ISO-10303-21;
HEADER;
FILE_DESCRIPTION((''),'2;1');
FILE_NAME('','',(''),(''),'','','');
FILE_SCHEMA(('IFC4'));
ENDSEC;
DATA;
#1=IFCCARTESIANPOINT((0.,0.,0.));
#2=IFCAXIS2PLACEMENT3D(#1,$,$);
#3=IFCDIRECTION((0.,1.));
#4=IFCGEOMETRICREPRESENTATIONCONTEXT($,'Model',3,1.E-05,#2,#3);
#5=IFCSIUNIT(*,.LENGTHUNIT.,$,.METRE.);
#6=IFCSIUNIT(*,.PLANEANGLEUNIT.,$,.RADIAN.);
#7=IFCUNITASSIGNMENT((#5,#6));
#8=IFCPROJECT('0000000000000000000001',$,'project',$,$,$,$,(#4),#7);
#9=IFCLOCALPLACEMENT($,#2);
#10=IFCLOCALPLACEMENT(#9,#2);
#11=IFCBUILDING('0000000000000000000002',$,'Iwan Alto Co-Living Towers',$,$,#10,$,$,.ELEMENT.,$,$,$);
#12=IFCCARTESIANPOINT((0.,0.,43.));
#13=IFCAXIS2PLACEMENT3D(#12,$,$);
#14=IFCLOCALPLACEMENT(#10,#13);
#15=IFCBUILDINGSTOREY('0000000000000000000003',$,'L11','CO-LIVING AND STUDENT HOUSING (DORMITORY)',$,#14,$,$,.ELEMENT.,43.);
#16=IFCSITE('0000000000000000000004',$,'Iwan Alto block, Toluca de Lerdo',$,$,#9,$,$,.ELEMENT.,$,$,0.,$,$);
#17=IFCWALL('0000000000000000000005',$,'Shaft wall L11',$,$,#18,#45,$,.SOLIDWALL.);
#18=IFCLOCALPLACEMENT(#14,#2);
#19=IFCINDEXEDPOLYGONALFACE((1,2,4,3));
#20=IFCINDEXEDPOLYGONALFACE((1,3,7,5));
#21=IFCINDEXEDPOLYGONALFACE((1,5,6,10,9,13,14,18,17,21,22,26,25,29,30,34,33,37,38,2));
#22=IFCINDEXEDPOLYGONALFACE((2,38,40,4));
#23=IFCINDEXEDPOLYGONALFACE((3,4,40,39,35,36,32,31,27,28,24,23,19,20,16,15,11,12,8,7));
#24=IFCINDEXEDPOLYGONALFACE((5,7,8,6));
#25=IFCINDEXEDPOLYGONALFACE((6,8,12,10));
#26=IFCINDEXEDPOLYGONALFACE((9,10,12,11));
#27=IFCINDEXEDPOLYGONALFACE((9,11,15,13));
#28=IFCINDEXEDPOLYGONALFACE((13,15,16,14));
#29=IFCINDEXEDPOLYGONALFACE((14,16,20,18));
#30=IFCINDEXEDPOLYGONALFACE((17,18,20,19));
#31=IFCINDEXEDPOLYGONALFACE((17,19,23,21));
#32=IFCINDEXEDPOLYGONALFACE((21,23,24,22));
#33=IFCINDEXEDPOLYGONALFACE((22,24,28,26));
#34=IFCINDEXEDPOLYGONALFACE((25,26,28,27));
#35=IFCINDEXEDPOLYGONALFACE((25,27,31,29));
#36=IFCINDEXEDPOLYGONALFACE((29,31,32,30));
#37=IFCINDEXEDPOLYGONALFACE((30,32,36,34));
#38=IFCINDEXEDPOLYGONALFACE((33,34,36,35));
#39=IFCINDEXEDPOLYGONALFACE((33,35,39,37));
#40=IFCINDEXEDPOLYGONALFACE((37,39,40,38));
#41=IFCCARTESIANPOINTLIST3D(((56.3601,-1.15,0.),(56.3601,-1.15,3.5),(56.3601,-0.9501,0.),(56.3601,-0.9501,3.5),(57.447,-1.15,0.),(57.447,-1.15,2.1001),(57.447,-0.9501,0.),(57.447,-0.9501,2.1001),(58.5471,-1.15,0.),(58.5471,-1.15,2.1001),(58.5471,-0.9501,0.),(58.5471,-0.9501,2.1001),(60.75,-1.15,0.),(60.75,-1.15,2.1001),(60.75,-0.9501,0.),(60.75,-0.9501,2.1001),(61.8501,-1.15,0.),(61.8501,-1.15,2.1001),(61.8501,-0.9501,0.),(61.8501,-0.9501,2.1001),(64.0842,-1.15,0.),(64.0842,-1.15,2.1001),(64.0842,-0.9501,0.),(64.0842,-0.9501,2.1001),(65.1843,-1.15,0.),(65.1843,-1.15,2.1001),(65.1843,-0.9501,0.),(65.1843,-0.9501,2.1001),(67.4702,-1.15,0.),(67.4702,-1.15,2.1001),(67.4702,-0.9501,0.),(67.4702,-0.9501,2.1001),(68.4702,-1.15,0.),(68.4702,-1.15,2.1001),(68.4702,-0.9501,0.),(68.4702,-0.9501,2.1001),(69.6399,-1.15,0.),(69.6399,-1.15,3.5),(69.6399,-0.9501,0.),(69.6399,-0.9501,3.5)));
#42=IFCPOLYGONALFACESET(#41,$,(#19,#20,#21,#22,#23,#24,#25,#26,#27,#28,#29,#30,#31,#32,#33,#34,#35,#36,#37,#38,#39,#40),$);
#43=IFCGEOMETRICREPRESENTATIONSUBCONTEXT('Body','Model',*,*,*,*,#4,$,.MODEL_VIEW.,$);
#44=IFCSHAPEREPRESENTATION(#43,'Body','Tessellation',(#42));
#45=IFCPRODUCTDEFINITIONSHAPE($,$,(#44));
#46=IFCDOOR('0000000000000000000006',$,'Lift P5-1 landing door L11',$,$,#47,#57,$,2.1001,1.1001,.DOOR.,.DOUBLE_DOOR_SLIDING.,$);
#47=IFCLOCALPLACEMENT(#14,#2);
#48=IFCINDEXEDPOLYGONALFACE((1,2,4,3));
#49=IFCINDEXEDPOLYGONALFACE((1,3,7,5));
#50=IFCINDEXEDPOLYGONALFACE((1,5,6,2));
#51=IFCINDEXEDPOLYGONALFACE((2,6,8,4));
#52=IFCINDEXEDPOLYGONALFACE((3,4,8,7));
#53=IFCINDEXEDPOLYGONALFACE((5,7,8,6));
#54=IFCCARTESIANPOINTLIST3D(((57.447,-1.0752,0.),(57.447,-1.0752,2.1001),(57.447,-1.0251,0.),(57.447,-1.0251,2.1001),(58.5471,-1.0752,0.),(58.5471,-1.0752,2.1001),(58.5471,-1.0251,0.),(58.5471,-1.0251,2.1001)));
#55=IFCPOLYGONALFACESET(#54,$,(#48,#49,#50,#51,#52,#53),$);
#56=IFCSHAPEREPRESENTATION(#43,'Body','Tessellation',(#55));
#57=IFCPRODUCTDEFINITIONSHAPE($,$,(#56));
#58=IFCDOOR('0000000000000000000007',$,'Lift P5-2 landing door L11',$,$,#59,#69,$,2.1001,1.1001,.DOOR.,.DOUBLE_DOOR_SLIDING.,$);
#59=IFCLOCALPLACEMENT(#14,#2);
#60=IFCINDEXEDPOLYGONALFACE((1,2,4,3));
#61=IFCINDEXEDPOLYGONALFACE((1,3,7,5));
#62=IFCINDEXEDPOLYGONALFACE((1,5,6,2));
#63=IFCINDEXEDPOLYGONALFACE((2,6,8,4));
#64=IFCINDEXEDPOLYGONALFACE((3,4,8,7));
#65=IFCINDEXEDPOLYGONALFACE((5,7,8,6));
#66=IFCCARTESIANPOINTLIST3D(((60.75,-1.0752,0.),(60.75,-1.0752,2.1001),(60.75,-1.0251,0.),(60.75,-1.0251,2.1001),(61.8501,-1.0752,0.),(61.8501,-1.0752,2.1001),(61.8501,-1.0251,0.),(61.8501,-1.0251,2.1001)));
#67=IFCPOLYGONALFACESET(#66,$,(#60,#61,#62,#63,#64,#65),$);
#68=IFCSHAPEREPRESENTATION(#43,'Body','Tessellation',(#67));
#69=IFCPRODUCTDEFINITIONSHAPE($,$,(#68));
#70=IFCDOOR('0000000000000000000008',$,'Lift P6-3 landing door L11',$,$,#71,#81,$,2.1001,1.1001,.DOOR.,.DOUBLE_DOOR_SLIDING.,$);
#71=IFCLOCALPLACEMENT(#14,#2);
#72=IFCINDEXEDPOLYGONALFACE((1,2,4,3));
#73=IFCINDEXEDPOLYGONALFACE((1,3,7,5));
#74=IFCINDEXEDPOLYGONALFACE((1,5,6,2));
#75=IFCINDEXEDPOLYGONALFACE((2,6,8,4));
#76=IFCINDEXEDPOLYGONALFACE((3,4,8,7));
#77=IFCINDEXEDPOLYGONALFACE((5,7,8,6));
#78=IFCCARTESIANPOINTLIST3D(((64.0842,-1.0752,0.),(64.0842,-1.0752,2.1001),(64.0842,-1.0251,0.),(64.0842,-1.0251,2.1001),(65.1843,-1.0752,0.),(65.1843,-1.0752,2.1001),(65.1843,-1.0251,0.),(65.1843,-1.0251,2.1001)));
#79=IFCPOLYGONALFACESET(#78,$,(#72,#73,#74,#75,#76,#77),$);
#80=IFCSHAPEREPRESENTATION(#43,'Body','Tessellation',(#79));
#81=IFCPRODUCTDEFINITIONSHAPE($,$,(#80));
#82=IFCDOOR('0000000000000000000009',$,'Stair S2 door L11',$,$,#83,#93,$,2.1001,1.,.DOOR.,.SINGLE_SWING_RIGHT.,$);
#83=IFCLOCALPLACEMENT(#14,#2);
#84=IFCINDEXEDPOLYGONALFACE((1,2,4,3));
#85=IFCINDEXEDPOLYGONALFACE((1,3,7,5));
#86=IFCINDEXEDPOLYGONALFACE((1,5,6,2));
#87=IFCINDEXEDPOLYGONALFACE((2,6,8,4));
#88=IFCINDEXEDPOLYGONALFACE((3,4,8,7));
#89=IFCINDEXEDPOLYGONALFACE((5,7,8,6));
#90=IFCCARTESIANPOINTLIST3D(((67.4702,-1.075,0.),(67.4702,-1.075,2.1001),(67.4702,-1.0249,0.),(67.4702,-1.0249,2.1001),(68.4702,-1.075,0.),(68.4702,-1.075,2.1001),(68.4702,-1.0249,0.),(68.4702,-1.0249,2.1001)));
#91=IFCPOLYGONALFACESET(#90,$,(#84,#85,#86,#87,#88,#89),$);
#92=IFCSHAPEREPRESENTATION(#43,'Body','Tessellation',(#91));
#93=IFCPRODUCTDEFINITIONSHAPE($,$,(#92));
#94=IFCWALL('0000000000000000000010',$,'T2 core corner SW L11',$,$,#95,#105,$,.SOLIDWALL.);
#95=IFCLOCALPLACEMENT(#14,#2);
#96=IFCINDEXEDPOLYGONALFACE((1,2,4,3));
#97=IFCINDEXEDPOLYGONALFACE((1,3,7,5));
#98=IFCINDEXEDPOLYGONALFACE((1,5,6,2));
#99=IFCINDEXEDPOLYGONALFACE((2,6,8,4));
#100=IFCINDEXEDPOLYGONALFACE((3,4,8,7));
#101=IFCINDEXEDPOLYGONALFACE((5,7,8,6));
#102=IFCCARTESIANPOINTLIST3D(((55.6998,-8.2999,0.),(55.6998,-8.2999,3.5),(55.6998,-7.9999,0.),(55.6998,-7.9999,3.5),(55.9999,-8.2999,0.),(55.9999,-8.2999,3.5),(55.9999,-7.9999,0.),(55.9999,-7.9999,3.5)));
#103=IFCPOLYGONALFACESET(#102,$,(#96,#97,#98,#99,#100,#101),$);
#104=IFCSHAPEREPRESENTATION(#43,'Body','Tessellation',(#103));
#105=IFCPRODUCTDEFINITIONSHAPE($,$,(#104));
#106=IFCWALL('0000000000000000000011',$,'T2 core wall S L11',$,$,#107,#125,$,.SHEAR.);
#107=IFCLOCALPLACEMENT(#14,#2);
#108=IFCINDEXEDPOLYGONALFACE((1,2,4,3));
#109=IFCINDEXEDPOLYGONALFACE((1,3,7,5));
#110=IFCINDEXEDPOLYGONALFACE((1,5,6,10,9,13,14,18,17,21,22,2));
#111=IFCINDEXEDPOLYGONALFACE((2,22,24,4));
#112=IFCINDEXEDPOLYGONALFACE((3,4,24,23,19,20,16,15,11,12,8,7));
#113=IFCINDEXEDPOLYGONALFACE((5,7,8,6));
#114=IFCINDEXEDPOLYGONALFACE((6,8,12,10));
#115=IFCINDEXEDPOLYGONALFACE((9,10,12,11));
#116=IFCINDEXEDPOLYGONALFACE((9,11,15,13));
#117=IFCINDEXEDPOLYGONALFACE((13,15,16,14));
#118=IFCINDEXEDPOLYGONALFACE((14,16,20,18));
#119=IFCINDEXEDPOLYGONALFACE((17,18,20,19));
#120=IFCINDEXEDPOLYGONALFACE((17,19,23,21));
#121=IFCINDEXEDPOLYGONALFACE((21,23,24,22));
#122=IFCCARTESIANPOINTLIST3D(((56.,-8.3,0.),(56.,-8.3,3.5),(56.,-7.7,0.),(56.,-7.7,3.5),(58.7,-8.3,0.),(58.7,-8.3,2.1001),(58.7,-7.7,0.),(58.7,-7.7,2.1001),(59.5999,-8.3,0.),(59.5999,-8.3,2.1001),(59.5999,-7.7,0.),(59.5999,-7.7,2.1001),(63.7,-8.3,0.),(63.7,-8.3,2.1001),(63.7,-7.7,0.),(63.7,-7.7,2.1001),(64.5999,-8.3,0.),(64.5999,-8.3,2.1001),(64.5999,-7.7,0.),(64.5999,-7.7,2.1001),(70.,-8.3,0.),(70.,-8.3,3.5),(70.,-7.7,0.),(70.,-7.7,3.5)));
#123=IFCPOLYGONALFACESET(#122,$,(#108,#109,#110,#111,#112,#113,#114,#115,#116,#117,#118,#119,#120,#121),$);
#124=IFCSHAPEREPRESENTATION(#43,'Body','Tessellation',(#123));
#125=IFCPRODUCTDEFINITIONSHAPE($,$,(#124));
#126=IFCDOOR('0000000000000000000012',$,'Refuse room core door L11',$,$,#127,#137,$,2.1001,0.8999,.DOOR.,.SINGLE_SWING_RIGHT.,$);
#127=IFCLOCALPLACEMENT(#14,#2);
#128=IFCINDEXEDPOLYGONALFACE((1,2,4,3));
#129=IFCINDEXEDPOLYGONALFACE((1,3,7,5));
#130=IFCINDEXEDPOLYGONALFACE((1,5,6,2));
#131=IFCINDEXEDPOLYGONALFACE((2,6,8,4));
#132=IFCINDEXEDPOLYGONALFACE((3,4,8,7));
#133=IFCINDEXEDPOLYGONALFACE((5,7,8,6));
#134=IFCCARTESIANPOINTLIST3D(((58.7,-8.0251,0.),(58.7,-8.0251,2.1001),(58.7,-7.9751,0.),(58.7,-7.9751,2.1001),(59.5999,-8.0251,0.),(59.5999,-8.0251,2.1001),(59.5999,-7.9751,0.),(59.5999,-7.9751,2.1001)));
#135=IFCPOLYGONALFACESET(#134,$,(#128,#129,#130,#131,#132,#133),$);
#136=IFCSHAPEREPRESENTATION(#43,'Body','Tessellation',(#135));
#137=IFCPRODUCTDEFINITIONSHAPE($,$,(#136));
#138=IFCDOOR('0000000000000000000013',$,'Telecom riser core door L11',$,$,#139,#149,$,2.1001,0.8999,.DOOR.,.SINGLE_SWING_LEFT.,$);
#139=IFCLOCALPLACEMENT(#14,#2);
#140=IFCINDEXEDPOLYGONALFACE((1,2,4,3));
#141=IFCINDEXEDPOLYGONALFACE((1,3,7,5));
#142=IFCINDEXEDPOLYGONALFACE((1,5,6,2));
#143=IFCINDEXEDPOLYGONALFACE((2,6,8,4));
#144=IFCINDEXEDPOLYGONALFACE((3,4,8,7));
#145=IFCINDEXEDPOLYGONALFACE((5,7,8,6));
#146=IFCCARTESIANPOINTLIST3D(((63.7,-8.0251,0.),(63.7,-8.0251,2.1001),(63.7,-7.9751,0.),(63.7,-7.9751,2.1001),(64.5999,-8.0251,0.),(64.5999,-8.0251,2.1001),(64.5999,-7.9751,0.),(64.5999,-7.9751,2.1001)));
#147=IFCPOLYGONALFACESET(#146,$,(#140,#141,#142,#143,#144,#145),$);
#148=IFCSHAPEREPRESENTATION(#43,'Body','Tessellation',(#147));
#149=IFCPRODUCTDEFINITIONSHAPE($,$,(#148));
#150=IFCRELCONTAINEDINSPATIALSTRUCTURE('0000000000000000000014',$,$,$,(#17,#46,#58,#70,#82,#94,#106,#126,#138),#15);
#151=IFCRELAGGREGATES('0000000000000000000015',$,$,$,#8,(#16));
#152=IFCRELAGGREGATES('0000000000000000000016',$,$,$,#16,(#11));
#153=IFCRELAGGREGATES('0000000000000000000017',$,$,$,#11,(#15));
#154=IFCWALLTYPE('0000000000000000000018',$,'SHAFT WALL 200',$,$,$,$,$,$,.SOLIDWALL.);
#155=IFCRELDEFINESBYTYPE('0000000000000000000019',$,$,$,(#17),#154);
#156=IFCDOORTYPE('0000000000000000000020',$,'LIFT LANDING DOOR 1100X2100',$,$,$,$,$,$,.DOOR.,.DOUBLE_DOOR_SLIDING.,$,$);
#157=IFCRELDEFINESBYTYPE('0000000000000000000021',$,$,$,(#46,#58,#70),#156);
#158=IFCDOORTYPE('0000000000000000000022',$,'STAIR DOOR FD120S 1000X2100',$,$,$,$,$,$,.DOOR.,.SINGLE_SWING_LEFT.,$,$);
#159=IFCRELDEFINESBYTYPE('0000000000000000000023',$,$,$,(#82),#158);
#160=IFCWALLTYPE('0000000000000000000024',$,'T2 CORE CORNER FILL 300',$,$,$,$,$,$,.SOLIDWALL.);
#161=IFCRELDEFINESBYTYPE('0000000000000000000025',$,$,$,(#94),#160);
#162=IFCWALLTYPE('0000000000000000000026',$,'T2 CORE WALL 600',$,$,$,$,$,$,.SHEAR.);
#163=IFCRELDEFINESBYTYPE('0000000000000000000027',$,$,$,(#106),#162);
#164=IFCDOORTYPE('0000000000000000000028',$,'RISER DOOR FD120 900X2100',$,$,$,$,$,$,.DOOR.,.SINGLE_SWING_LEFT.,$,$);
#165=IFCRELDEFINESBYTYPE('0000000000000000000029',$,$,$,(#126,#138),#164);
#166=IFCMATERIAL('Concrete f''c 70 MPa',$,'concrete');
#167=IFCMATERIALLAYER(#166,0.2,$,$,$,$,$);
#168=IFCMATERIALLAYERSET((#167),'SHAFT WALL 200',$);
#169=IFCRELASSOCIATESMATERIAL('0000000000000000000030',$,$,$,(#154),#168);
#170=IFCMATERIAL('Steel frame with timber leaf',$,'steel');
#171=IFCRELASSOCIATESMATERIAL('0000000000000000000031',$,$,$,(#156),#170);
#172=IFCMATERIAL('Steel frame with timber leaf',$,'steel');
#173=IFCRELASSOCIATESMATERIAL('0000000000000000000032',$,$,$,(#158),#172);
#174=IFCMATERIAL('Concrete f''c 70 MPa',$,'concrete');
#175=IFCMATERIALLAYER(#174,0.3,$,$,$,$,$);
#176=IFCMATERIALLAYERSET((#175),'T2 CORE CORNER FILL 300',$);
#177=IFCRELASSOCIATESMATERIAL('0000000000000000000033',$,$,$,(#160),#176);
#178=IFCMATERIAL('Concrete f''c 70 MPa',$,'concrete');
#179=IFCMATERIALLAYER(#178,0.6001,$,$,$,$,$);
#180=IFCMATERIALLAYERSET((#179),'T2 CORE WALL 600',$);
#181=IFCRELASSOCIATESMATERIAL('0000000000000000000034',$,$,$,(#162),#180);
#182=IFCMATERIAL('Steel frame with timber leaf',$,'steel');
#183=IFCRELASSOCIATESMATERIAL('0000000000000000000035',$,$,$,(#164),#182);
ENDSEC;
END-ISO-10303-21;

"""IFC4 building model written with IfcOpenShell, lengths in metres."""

from ifc_helpers import new_model, si_unit, direction, frame, frame_2d, origin, place, context, subcontext, project, spatial, rectangle, extrude, material, layer, layer_set, type_object, element, fill, save


model = new_model("IFC4")

# Units and contexts
model_context = context("Model", 3, precision=1e-05, world=origin(), true_north=direction((0.0, 1.0)))
body_context = subcontext(model_context, "Body", "Model", "MODEL_VIEW")
ifc_project = project(units=[si_unit("LENGTHUNIT", "METRE"), si_unit("PLANEANGLEUNIT", "RADIAN")], contexts=[model_context])

# Site, building, storey
site_placement = place(None, origin())
site = spatial("IfcSite", under=ifc_project, at=site_placement, Name="Iwan Alto block, Toluca de Lerdo", CompositionType="ELEMENT", RefElevation=0.0)
building_placement = place(site_placement, origin())
building = spatial("IfcBuilding", under=site, at=building_placement, Name="Iwan Alto Co-Living Towers", CompositionType="ELEMENT")
storey_placement = place(building_placement, frame((0.0, 0.0, 43.0)))
storey = spatial("IfcBuildingStorey", under=building, at=storey_placement, Name="L11", Description="CO-LIVING AND STUDENT HOUSING (DORMITORY)", CompositionType="ELEMENT", Elevation=43.0)

# Shared definitions
ifc_material_1 = material(Name="Concrete f'c 70 MPa", Category="concrete")
ifc_layer_1 = layer(ifc_material_1, 0.2)
ifc_layer_set_1 = layer_set([ifc_layer_1], Name="SHAFT WALL 200")
wall_type_1 = type_object("IfcWallType", Name="SHAFT WALL 200", PredefinedType="SOLIDWALL", material=ifc_layer_set_1)

# Wall, openings, doors
wall_1_placement = place(storey_placement, frame((56.3601, -1.05, 0.0), z_axis=(0.0, 0.0, 1.0), x_axis=(1.0, 0.0, 0.0)))
wall_1 = element("IfcWall", 1, at=wall_1_placement, inside=storey, type_object=wall_type_1, Name="Shaft wall L11", PredefinedType="SOLIDWALL", context=body_context, shape_type="SweptSolid", body=[
    extrude(rectangle(XDim=13.2798, YDim=0.2, at=frame_2d((6.6399, 0.0))), origin(), (0.0, 0.0, 1.0), 3.5),
])
opening_1_placement = place(wall_1_placement, frame((11.1101, 0.0, 0.0)))
opening_1 = element("IfcOpeningElement", 2, at=opening_1_placement, cuts=wall_1, PredefinedType="OPENING", context=body_context, shape_type="SweptSolid", body=[
    extrude(rectangle(XDim=1.0, YDim=2.1001, at=frame_2d((0.5, 1.05))), frame((0.0, 0.1099, 0.0), z_axis=(0.0, -1.0, 0.0), x_axis=(1.0, 0.0, 0.0)), (0.0, 0.0, 1.0), 0.22),
])
opening_2_placement = place(wall_1_placement, frame((1.0869, 0.0, 0.0)))
opening_2 = element("IfcOpeningElement", 3, at=opening_2_placement, cuts=wall_1, PredefinedType="OPENING", context=body_context, shape_type="SweptSolid", body=[
    extrude(rectangle(XDim=1.1001, YDim=2.1001, at=frame_2d((0.55, 1.05))), frame((0.0, 0.1099, 0.0), z_axis=(0.0, -1.0, 0.0), x_axis=(1.0, 0.0, 0.0)), (0.0, 0.0, 1.0), 0.22),
])
opening_3_placement = place(wall_1_placement, frame((4.3899, 0.0, 0.0)))
opening_3 = element("IfcOpeningElement", 4, at=opening_3_placement, cuts=wall_1, PredefinedType="OPENING", context=body_context, shape_type="SweptSolid", body=[
    extrude(rectangle(XDim=1.1001, YDim=2.1001, at=frame_2d((0.55, 1.05))), frame((0.0, 0.1099, 0.0), z_axis=(0.0, -1.0, 0.0), x_axis=(1.0, 0.0, 0.0)), (0.0, 0.0, 1.0), 0.22),
])
opening_4_placement = place(wall_1_placement, frame((7.7241, 0.0, 0.0)))
opening_4 = element("IfcOpeningElement", 5, at=opening_4_placement, cuts=wall_1, PredefinedType="OPENING", context=body_context, shape_type="SweptSolid", body=[
    extrude(rectangle(XDim=1.1001, YDim=2.1001, at=frame_2d((0.55, 1.05))), frame((0.0, 0.1099, 0.0), z_axis=(0.0, -1.0, 0.0), x_axis=(1.0, 0.0, 0.0)), (0.0, 0.0, 1.0), 0.22),
])
ifc_material_2 = material(Name="Steel frame with timber leaf", Category="steel")
door_type_1 = type_object("IfcDoorType", Name="LIFT LANDING DOOR 1100X2100", OperationType="DOUBLE_DOOR_SLIDING", PredefinedType="DOOR", material=ifc_material_2)
door_1_placement = place(opening_2_placement, origin())
door_1 = element("IfcDoor", 6, at=door_1_placement, inside=storey, type_object=door_type_1, Name="Lift P5-1 landing door L11", OperationType="DOUBLE_DOOR_SLIDING", OverallHeight=2.1001, OverallWidth=1.1001, PredefinedType="DOOR", context=body_context, shape_type="SweptSolid", body=[
    extrude(rectangle(XDim=1.1001, YDim=2.1001, at=frame_2d((0.55, 1.05))), frame((0.0, 0.0249, 0.0), z_axis=(0.0, -1.0, 0.0), x_axis=(1.0, 0.0, 0.0)), (0.0, 0.0, 1.0), 0.05),
])
fill(opening_2, door_1)
door_2_placement = place(opening_3_placement, origin())
door_2 = element("IfcDoor", 7, at=door_2_placement, inside=storey, type_object=door_type_1, Name="Lift P5-2 landing door L11", OperationType="DOUBLE_DOOR_SLIDING", OverallHeight=2.1001, OverallWidth=1.1001, PredefinedType="DOOR", context=body_context, shape_type="SweptSolid", body=[
    extrude(rectangle(XDim=1.1001, YDim=2.1001, at=frame_2d((0.55, 1.05))), frame((0.0, 0.0249, 0.0), z_axis=(0.0, -1.0, 0.0), x_axis=(1.0, 0.0, 0.0)), (0.0, 0.0, 1.0), 0.05),
])
fill(opening_3, door_2)
door_3_placement = place(opening_4_placement, origin())
door_3 = element("IfcDoor", 8, at=door_3_placement, inside=storey, type_object=door_type_1, Name="Lift P6-3 landing door L11", OperationType="DOUBLE_DOOR_SLIDING", OverallHeight=2.1001, OverallWidth=1.1001, PredefinedType="DOOR", context=body_context, shape_type="SweptSolid", body=[
    extrude(rectangle(XDim=1.1001, YDim=2.1001, at=frame_2d((0.55, 1.05))), frame((0.0, 0.0249, 0.0), z_axis=(0.0, -1.0, 0.0), x_axis=(1.0, 0.0, 0.0)), (0.0, 0.0, 1.0), 0.05),
])
fill(opening_4, door_3)
ifc_material_3 = material(Name="Steel frame with timber leaf", Category="steel")
door_type_2 = type_object("IfcDoorType", Name="STAIR DOOR FD120S 1000X2100", OperationType="SINGLE_SWING_LEFT", PredefinedType="DOOR", material=ifc_material_3)
door_4_placement = place(opening_1_placement, frame((1.0, 0.0, 0.0), z_axis=(0.0, 0.0, 1.0), x_axis=(-1.0, 0.0, 0.0)))
door_4 = element("IfcDoor", 9, at=door_4_placement, inside=storey, type_object=door_type_2, Name="Stair S2 door L11", OperationType="SINGLE_SWING_RIGHT", OverallHeight=2.1001, OverallWidth=1.0, PredefinedType="DOOR", context=body_context, shape_type="SweptSolid", body=[
    extrude(rectangle(XDim=1.0, YDim=2.1001, at=frame_2d((0.5, 1.05))), frame((0.0, 0.0249, 0.0), z_axis=(0.0, -1.0, 0.0), x_axis=(1.0, 0.0, 0.0)), (0.0, 0.0, 1.0), 0.05),
])
fill(opening_1, door_4)

# Wall
ifc_material_4 = material(Name="Concrete f'c 70 MPa", Category="concrete")
ifc_layer_2 = layer(ifc_material_4, 0.3)
ifc_layer_set_2 = layer_set([ifc_layer_2], Name="T2 CORE CORNER FILL 300")
wall_type_2 = type_object("IfcWallType", Name="T2 CORE CORNER FILL 300", PredefinedType="SOLIDWALL", material=ifc_layer_set_2)
wall_2_placement = place(storey_placement, frame((55.7, -8.1499, 0.0), z_axis=(0.0, 0.0, 1.0), x_axis=(1.0, 0.0, 0.0)))
element("IfcWall", 10, at=wall_2_placement, inside=storey, type_object=wall_type_2, Name="T2 core corner SW L11", PredefinedType="SOLIDWALL", context=body_context, shape_type="SweptSolid", body=[
    extrude(rectangle(XDim=0.3, YDim=0.3, at=frame_2d((0.1499, 0.0))), origin(), (0.0, 0.0, 1.0), 3.5),
])

# Wall, openings, doors
ifc_material_5 = material(Name="Concrete f'c 70 MPa", Category="concrete")
ifc_layer_3 = layer(ifc_material_5, 0.6001)
ifc_layer_set_3 = layer_set([ifc_layer_3], Name="T2 CORE WALL 600")
wall_type_3 = type_object("IfcWallType", Name="T2 CORE WALL 600", PredefinedType="SHEAR", material=ifc_layer_set_3)
wall_3_placement = place(storey_placement, frame((56.0, -8.0, 0.0), z_axis=(0.0, 0.0, 1.0), x_axis=(1.0, 0.0, 0.0)))
wall_3 = element("IfcWall", 11, at=wall_3_placement, inside=storey, type_object=wall_type_3, Name="T2 core wall S L11", PredefinedType="SHEAR", context=body_context, shape_type="SweptSolid", body=[
    extrude(rectangle(XDim=14.0, YDim=0.6001, at=frame_2d((7.0, 0.0))), origin(), (0.0, 0.0, 1.0), 3.5),
])
opening_5_placement = place(wall_3_placement, frame((2.7, 0.0, 0.0)))
opening_5 = element("IfcOpeningElement", 12, at=opening_5_placement, cuts=wall_3, PredefinedType="OPENING", context=body_context, shape_type="SweptSolid", body=[
    extrude(rectangle(XDim=0.8999, YDim=2.1001, at=frame_2d((0.45, 1.05))), frame((0.0, 0.3101, 0.0), z_axis=(0.0, -1.0, 0.0), x_axis=(1.0, 0.0, 0.0)), (0.0, 0.0, 1.0), 0.6201),
])
opening_6_placement = place(wall_3_placement, frame((7.7, 0.0, 0.0)))
opening_6 = element("IfcOpeningElement", 13, at=opening_6_placement, cuts=wall_3, PredefinedType="OPENING", context=body_context, shape_type="SweptSolid", body=[
    extrude(rectangle(XDim=0.8999, YDim=2.1001, at=frame_2d((0.45, 1.05))), frame((0.0, 0.3101, 0.0), z_axis=(0.0, -1.0, 0.0), x_axis=(1.0, 0.0, 0.0)), (0.0, 0.0, 1.0), 0.6201),
])
ifc_material_6 = material(Name="Steel frame with timber leaf", Category="steel")
door_type_3 = type_object("IfcDoorType", Name="RISER DOOR FD120 900X2100", OperationType="SINGLE_SWING_LEFT", PredefinedType="DOOR", material=ifc_material_6)
door_5_placement = place(opening_5_placement, origin())
door_5 = element("IfcDoor", 14, at=door_5_placement, inside=storey, type_object=door_type_3, Name="Refuse room core door L11", OperationType="SINGLE_SWING_RIGHT", OverallHeight=2.1001, OverallWidth=0.8999, PredefinedType="DOOR", context=body_context, shape_type="SweptSolid", body=[
    extrude(rectangle(XDim=0.8999, YDim=2.1001, at=frame_2d((0.45, 1.05))), frame((0.0, 0.0249, 0.0), z_axis=(0.0, -1.0, 0.0), x_axis=(1.0, 0.0, 0.0)), (0.0, 0.0, 1.0), 0.05),
])
fill(opening_5, door_5)
door_6_placement = place(opening_6_placement, origin())
door_6 = element("IfcDoor", 15, at=door_6_placement, inside=storey, type_object=door_type_3, Name="Telecom riser core door L11", OperationType="SINGLE_SWING_LEFT", OverallHeight=2.1001, OverallWidth=0.8999, PredefinedType="DOOR", context=body_context, shape_type="SweptSolid", body=[
    extrude(rectangle(XDim=0.8999, YDim=2.1001, at=frame_2d((0.45, 1.05))), frame((0.0, 0.0249, 0.0), z_axis=(0.0, -1.0, 0.0), x_axis=(1.0, 0.0, 0.0)), (0.0, 0.0, 1.0), 0.05),
])
fill(opening_6, door_6)

save(model, "model.ifc")
